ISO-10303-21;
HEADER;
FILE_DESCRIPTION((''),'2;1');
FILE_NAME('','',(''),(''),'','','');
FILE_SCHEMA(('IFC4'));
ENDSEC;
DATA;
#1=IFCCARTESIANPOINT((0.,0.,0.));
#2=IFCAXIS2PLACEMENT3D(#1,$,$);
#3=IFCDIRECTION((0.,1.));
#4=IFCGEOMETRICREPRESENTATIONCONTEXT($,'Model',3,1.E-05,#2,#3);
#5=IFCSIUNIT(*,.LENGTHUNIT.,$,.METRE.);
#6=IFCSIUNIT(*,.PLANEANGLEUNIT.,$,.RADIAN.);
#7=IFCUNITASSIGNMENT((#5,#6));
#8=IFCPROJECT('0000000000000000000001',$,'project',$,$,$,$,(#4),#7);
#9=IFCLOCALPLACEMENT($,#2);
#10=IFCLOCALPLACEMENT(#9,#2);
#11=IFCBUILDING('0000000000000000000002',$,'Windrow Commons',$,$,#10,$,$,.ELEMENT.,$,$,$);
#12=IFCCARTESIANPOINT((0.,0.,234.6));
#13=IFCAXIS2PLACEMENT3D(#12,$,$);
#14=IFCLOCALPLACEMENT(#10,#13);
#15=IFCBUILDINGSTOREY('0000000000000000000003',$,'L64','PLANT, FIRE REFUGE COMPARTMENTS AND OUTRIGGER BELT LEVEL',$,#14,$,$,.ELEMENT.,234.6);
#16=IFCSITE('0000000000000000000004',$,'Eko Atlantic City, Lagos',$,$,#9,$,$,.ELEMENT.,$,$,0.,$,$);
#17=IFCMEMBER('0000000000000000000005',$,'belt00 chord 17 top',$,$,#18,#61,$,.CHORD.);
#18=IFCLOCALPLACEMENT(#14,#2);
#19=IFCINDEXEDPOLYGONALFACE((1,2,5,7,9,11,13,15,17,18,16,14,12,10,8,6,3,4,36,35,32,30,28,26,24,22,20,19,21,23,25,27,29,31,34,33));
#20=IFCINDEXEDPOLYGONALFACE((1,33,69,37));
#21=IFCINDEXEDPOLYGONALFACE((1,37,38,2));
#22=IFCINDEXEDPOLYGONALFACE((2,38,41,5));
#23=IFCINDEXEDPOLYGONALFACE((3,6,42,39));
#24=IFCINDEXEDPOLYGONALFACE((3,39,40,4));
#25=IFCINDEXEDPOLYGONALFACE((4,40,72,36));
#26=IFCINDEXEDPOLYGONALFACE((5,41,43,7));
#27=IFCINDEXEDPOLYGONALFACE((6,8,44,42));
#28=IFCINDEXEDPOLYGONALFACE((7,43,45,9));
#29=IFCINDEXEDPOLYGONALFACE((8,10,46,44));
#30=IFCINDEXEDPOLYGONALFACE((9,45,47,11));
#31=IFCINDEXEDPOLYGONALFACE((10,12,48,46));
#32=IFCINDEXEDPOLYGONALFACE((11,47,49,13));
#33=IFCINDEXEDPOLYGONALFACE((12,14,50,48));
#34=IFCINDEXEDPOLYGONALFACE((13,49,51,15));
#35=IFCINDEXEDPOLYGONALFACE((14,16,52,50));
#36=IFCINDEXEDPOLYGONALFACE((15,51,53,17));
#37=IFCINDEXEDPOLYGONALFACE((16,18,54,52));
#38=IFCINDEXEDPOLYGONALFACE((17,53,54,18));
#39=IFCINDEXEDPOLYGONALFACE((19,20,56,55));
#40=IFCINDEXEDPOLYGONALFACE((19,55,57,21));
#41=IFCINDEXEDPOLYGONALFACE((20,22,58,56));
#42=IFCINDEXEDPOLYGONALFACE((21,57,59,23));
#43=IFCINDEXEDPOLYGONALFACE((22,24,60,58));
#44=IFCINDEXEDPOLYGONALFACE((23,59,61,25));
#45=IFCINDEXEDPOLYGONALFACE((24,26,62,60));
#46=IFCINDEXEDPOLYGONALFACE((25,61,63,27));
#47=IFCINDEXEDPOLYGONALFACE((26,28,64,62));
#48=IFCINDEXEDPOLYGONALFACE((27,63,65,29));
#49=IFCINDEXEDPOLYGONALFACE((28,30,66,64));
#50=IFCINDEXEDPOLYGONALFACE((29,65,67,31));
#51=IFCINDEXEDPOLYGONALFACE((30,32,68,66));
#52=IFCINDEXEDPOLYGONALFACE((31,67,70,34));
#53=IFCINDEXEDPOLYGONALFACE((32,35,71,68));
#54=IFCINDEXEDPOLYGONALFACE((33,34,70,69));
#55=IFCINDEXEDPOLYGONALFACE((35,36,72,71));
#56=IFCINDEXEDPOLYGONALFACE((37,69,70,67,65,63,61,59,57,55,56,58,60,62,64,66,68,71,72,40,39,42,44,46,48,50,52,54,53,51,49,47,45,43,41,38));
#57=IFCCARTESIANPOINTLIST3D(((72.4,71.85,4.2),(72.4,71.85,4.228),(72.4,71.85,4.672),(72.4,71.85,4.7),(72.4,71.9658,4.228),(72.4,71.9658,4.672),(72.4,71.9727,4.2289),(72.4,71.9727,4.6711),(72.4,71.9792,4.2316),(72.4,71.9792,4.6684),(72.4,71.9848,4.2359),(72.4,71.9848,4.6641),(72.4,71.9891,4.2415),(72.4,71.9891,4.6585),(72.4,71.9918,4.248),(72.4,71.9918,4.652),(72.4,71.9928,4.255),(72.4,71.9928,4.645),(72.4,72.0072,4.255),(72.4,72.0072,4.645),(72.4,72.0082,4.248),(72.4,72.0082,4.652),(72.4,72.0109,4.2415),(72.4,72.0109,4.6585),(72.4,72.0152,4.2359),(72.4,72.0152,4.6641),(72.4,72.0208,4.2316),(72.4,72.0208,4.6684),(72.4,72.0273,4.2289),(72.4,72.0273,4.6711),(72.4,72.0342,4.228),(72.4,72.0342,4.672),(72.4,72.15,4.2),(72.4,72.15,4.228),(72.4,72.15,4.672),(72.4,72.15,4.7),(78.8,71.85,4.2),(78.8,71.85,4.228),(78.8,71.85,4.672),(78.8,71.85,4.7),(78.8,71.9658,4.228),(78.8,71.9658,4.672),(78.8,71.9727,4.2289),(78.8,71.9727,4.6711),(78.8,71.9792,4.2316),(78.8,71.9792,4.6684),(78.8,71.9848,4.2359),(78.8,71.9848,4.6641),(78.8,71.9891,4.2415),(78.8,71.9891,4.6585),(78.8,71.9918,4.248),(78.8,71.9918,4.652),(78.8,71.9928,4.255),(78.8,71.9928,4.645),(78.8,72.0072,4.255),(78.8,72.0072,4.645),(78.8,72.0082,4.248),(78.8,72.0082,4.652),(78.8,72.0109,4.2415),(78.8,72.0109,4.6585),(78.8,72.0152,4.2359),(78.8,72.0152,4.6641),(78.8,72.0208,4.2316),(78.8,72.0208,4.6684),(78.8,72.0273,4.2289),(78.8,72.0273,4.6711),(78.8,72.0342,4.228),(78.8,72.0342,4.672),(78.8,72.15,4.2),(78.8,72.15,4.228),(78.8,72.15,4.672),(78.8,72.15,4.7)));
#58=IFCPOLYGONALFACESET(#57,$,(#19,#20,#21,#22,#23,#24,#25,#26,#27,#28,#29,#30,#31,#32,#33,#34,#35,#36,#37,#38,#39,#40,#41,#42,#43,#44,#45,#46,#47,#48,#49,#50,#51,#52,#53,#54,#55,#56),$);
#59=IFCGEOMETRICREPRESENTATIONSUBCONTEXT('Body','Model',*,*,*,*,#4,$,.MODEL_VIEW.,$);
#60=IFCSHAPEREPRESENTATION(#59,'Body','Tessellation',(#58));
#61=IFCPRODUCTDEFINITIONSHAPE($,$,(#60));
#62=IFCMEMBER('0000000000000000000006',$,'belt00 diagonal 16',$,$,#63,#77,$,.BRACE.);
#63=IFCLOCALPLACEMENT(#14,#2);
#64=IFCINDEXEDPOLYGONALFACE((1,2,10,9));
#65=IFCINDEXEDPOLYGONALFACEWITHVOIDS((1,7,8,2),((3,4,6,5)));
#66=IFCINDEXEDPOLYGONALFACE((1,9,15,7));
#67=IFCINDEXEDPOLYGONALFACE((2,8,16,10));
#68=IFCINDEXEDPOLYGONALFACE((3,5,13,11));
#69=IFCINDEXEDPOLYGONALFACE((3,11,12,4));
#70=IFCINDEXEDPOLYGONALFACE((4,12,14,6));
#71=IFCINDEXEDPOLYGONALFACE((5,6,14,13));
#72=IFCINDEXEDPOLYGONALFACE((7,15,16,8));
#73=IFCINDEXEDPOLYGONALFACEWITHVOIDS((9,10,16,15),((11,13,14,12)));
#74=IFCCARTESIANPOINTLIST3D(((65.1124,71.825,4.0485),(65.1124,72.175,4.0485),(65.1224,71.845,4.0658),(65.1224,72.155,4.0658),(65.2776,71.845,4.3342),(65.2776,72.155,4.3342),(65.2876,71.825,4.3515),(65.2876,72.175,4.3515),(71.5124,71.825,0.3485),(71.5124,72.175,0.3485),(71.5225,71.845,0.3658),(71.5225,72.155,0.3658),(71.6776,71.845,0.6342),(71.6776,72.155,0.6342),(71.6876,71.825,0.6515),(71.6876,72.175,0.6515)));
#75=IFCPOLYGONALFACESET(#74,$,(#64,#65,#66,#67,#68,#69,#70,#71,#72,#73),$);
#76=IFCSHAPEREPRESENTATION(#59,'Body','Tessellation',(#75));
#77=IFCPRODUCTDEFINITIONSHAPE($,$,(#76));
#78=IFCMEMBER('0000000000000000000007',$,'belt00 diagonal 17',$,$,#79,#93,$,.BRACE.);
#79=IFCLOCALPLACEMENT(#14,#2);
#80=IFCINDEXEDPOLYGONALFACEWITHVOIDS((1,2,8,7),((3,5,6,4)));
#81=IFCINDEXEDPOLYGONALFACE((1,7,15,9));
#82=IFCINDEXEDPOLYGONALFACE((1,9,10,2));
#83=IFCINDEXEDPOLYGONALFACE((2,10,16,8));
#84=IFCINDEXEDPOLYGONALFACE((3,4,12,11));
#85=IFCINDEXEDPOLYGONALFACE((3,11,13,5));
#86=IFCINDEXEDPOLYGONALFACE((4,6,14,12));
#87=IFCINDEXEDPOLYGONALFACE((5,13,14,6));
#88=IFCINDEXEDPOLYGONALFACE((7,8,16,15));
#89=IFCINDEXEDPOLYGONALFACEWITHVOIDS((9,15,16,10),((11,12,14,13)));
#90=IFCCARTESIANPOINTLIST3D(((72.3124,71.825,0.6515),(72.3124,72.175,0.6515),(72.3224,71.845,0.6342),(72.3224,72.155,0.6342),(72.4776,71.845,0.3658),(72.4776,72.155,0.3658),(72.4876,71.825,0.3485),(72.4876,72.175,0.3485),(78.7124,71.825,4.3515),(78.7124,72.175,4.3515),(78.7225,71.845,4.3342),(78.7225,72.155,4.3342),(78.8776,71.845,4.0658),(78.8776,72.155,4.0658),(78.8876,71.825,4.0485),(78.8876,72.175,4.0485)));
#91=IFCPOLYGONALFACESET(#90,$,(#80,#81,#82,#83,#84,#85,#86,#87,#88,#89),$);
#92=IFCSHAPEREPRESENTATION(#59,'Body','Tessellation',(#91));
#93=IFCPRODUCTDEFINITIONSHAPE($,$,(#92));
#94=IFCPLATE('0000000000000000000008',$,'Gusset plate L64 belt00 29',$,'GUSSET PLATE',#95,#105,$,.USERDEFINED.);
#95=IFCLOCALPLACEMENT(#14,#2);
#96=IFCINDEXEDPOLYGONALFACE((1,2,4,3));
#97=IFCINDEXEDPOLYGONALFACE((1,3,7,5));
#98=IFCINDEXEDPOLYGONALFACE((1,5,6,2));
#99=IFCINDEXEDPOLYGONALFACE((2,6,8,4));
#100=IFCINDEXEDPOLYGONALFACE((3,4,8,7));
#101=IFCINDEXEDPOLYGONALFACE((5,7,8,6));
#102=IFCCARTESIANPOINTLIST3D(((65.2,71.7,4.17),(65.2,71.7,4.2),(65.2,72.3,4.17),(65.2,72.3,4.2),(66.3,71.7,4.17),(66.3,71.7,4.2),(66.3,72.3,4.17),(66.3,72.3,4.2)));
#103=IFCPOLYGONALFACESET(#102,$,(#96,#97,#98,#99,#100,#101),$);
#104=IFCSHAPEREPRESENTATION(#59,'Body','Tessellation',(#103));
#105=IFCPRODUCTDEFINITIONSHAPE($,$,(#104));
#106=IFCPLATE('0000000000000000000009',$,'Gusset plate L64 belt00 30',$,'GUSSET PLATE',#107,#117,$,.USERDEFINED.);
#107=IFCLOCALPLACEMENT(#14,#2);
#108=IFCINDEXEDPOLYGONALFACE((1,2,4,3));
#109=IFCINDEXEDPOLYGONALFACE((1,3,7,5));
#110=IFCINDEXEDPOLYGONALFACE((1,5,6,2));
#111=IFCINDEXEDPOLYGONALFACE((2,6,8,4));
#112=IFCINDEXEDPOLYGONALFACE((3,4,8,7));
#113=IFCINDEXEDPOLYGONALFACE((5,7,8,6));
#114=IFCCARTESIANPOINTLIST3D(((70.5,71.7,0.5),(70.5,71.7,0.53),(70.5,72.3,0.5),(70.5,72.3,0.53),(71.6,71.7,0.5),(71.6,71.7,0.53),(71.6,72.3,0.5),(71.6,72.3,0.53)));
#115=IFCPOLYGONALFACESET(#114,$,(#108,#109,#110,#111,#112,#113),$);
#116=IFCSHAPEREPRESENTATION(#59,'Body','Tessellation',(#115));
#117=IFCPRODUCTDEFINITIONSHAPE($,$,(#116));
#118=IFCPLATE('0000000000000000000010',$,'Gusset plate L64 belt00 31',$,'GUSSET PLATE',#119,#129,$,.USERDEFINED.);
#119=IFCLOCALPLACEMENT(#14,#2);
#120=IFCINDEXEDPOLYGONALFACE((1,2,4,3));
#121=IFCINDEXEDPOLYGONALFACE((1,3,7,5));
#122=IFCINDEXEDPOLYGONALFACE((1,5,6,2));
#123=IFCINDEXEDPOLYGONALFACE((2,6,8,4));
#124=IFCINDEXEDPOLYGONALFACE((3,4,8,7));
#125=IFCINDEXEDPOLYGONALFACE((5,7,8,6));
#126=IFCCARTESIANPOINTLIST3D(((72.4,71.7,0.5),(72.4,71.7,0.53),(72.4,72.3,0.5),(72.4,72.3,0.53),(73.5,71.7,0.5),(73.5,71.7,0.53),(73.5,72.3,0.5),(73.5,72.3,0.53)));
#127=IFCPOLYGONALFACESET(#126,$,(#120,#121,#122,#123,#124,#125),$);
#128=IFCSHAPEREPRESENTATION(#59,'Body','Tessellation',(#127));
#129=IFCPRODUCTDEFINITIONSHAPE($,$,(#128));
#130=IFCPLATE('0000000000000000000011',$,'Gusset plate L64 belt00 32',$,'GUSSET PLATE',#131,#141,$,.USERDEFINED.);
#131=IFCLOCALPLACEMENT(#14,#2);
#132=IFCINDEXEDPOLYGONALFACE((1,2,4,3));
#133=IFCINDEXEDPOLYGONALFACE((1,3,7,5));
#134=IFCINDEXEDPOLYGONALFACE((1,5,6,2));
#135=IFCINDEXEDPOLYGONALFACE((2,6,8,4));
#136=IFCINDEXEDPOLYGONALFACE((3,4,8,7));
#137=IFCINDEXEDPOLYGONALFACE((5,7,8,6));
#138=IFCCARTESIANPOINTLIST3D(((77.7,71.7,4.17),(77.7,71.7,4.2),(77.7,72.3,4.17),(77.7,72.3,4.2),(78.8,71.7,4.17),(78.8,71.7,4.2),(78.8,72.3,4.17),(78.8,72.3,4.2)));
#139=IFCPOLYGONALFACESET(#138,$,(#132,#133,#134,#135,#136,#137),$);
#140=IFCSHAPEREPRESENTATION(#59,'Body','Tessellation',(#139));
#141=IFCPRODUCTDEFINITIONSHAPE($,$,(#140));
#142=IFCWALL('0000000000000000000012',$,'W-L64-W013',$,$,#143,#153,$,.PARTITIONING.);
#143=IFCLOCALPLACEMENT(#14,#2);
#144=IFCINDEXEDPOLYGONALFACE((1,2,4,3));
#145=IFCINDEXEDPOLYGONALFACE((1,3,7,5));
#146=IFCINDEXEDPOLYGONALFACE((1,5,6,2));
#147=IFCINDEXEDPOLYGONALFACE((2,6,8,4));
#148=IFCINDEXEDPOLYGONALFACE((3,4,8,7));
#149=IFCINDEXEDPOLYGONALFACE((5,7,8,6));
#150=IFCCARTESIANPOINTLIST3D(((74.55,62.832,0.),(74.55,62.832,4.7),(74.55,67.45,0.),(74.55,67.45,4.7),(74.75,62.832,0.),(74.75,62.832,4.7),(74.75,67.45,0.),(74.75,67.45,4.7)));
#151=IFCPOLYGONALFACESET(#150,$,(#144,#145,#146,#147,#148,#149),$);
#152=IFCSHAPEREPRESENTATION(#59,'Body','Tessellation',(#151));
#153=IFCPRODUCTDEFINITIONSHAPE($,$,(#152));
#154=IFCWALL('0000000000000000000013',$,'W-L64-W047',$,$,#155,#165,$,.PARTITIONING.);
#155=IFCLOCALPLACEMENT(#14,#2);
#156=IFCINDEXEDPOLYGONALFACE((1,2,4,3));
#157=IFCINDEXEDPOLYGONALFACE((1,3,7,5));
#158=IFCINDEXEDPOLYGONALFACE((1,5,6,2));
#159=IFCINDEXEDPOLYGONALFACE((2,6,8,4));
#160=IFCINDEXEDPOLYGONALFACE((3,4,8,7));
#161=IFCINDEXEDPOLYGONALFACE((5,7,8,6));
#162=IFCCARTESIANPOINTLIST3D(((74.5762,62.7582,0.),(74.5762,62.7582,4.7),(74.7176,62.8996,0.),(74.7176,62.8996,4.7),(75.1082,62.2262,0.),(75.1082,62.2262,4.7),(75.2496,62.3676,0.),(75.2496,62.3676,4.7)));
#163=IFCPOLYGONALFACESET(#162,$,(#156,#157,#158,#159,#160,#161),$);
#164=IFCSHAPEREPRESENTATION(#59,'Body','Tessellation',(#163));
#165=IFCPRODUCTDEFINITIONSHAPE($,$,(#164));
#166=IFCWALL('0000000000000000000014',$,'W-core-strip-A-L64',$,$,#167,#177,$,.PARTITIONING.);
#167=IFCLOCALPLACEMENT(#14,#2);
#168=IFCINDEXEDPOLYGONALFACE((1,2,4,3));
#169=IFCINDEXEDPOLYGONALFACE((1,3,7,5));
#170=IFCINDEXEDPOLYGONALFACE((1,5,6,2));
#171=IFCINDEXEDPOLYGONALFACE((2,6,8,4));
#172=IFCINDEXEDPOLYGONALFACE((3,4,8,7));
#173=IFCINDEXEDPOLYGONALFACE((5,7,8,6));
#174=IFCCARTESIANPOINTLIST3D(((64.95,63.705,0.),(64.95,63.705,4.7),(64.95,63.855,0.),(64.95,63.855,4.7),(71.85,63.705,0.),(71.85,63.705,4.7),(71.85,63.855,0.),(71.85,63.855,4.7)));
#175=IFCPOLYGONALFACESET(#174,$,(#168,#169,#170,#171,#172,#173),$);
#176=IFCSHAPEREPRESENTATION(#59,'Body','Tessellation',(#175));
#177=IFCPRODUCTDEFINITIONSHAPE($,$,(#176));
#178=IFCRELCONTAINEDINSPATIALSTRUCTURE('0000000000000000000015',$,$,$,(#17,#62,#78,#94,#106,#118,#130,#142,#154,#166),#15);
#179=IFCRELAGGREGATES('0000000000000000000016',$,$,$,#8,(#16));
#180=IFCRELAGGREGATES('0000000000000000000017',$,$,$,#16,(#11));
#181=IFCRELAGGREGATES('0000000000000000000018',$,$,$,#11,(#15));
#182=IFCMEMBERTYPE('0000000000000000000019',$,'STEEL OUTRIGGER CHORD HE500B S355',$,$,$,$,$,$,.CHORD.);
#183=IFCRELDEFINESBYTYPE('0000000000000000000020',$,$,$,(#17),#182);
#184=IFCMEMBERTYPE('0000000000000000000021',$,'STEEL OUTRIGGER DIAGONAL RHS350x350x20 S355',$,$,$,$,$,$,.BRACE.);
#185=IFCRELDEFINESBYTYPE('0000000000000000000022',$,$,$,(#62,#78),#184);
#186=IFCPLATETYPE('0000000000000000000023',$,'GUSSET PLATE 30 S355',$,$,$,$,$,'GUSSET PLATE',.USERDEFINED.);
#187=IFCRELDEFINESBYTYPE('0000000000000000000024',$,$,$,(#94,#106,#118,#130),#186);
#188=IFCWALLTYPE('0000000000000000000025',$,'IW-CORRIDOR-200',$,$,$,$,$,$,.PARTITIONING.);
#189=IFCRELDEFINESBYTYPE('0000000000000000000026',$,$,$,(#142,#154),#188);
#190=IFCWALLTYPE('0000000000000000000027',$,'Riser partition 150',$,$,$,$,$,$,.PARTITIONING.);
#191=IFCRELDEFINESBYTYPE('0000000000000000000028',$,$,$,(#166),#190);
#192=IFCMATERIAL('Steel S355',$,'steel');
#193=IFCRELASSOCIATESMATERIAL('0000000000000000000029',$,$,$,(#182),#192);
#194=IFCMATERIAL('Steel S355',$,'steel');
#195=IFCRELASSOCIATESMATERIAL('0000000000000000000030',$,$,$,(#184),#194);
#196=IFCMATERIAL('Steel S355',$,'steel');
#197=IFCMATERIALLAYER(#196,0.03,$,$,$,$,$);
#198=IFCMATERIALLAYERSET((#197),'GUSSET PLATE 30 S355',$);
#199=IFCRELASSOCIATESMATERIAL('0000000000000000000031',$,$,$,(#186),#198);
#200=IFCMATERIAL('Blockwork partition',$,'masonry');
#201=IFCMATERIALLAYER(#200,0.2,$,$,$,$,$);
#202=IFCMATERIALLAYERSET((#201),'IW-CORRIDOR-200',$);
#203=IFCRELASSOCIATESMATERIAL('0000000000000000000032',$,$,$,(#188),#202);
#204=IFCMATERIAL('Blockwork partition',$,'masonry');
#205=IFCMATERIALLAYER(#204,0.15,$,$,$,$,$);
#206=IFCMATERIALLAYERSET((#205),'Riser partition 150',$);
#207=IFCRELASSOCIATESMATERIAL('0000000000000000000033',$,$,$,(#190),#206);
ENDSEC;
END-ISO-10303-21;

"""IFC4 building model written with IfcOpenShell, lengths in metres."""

from ifc_helpers import new_model, si_unit, direction, frame, frame_2d, origin, origin_2d, place, context, subcontext, project, spatial, rectangle, hollow_rectangle, i_section, extrude, material, layer, layer_set, material_profile, profile_set, type_object, element, save


model = new_model("IFC4")

# Units and contexts
model_context = context("Model", 3, precision=1e-05, world=origin(), true_north=direction((0.0, 1.0)))
body_context = subcontext(model_context, "Body", "Model", "MODEL_VIEW")
ifc_project = project(units=[si_unit("LENGTHUNIT", "METRE"), si_unit("PLANEANGLEUNIT", "RADIAN")], contexts=[model_context])

# Site, building, storey
site_placement = place(None, origin())
site = spatial("IfcSite", under=ifc_project, at=site_placement, Name="Eko Atlantic City, Lagos", CompositionType="ELEMENT", RefElevation=0.0)
building_placement = place(site_placement, origin())
building = spatial("IfcBuilding", under=site, at=building_placement, Name="Windrow Commons", CompositionType="ELEMENT")
storey_placement = place(building_placement, frame((0.0, 0.0, 234.6)))
storey = spatial("IfcBuildingStorey", under=building, at=storey_placement, Name="L64", Description="PLANT, FIRE REFUGE COMPARTMENTS AND OUTRIGGER BELT LEVEL", CompositionType="ELEMENT", Elevation=234.6)

# Members
ifc_material_1 = material(Name="Steel S355", Category="steel")
ifc_material_profile_1 = material_profile(ifc_material_1, i_section(OverallWidth=0.3, OverallDepth=0.5, WebThickness=0.0145, FlangeThickness=0.028, FilletRadius=0.027, at=origin_2d()))
ifc_profile_set_1 = profile_set([ifc_material_profile_1], Name="Steel S355")
member_type_1 = type_object("IfcMemberType", Name="STEEL OUTRIGGER CHORD HE500B S355", PredefinedType="CHORD", material=ifc_profile_set_1)
for number, where, z_axis, x_axis, name in (
    (1, (72.4, 72.0, 4.45), (1.0, 0.0, 0.0), (0.0, 1.0, 0.0), "belt00 chord 17 top"),
):
    element("IfcMember", number, at=place(storey_placement, frame(where, z_axis=z_axis, x_axis=x_axis)), inside=storey, type_object=member_type_1, Name=name, PredefinedType="CHORD", context=body_context, shape_type="SweptSolid", body=[
        extrude(i_section(OverallWidth=0.3, OverallDepth=0.5, WebThickness=0.0145, FlangeThickness=0.028, FilletRadius=0.027, at=origin_2d()), origin(), (0.0, 0.0, 1.0), 6.4),
    ])
ifc_material_2 = material(Name="Steel S355", Category="steel")
ifc_material_profile_2 = material_profile(ifc_material_2, hollow_rectangle(XDim=0.35, YDim=0.35, WallThickness=0.02, at=origin_2d()))
ifc_profile_set_2 = profile_set([ifc_material_profile_2], Name="Steel S355")
member_type_2 = type_object("IfcMemberType", Name="STEEL OUTRIGGER DIAGONAL RHS350x350x20 S355", PredefinedType="BRACE", material=ifc_profile_set_2)
for number, where, z_axis, x_axis, name in (
    (2, (65.2, 72.0, 4.2), (0.865735, 0.0, -0.500503), (0.0, 1.0, 0.0), "belt00 diagonal 16"),
    (3, (72.4, 72.0, 0.5), (0.865735, 0.0, 0.500503), (0.0, 1.0, 0.0), "belt00 diagonal 17"),
):
    element("IfcMember", number, at=place(storey_placement, frame(where, z_axis=z_axis, x_axis=x_axis)), inside=storey, type_object=member_type_2, Name=name, PredefinedType="BRACE", context=body_context, shape_type="SweptSolid", body=[
        extrude(hollow_rectangle(XDim=0.35, YDim=0.35, WallThickness=0.02, at=origin_2d()), origin(), (0.0, 0.0, 1.0), 7.3926),
    ])

# Plates
ifc_material_3 = material(Name="Steel S355", Category="steel")
ifc_layer_1 = layer(ifc_material_3, 0.03)
ifc_layer_set_1 = layer_set([ifc_layer_1], Name="GUSSET PLATE 30 S355")
plate_type = type_object("IfcPlateType", Name="GUSSET PLATE 30 S355", ElementType="GUSSET PLATE", PredefinedType="USERDEFINED", material=ifc_layer_set_1)
for number, where, z_axis, x_axis, name in (
    (4, (65.75, 72.0, 4.17), (0.0, 0.0, 1.0), (1.0, 0.0, 0.0), "Gusset plate L64 belt00 29"),
    (5, (71.05, 72.0, 0.5), (0.0, 0.0, 1.0), (1.0, 0.0, 0.0), "Gusset plate L64 belt00 30"),
    (6, (72.95, 72.0, 0.5), (0.0, 0.0, 1.0), (1.0, 0.0, 0.0), "Gusset plate L64 belt00 31"),
    (7, (78.25, 72.0, 4.17), (0.0, 0.0, 1.0), (1.0, 0.0, 0.0), "Gusset plate L64 belt00 32"),
):
    element("IfcPlate", number, at=place(storey_placement, frame(where, z_axis=z_axis, x_axis=x_axis)), inside=storey, type_object=plate_type, Name=name, ObjectType="GUSSET PLATE", PredefinedType="USERDEFINED", context=body_context, shape_type="SweptSolid", body=[
        extrude(rectangle(XDim=1.1, YDim=0.6, at=origin_2d()), origin(), (0.0, 0.0, 1.0), 0.03),
    ])

# Walls
ifc_material_4 = material(Name="Blockwork partition", Category="masonry")
ifc_layer_2 = layer(ifc_material_4, 0.2)
ifc_layer_set_2 = layer_set([ifc_layer_2], Name="IW-CORRIDOR-200")
wall_type_1 = type_object("IfcWallType", Name="IW-CORRIDOR-200", PredefinedType="PARTITIONING", material=ifc_layer_set_2)
wall_1_placement = place(storey_placement, frame((74.65, 62.832, 0.0), z_axis=(0.0, 0.0, 1.0), x_axis=(0.0, 1.0, 0.0)))
element("IfcWall", 8, at=wall_1_placement, inside=storey, type_object=wall_type_1, Name="W-L64-W013", PredefinedType="PARTITIONING", context=body_context, shape_type="SweptSolid", body=[
    extrude(rectangle(XDim=4.618, YDim=0.2, at=frame_2d((2.309, 0.0))), origin(), (0.0, 0.0, 1.0), 4.7),
])
wall_2_placement = place(storey_placement, frame((74.6469, 62.8289, 0.0), z_axis=(0.0, 0.0, 1.0), x_axis=(0.707107, -0.707107, 0.0)))
element("IfcWall", 9, at=wall_2_placement, inside=storey, type_object=wall_type_1, Name="W-L64-W047", PredefinedType="PARTITIONING", context=body_context, shape_type="SweptSolid", body=[
    extrude(rectangle(XDim=0.7524, YDim=0.2, at=frame_2d((0.3762, 0.0))), origin(), (0.0, 0.0, 1.0), 4.7),
])
ifc_material_5 = material(Name="Blockwork partition", Category="masonry")
ifc_layer_3 = layer(ifc_material_5, 0.15)
ifc_layer_set_3 = layer_set([ifc_layer_3], Name="Riser partition 150")
wall_type_2 = type_object("IfcWallType", Name="Riser partition 150", PredefinedType="PARTITIONING", material=ifc_layer_set_3)
wall_3_placement = place(storey_placement, frame((64.95, 63.78, 0.0), z_axis=(0.0, 0.0, 1.0), x_axis=(1.0, 0.0, 0.0)))
element("IfcWall", 10, at=wall_3_placement, inside=storey, type_object=wall_type_2, Name="W-core-strip-A-L64", PredefinedType="PARTITIONING", context=body_context, shape_type="SweptSolid", body=[
    extrude(rectangle(XDim=6.9, YDim=0.15, at=frame_2d((3.45, 0.0))), origin(), (0.0, 0.0, 1.0), 4.7),
])

save(model, "model.ifc")
